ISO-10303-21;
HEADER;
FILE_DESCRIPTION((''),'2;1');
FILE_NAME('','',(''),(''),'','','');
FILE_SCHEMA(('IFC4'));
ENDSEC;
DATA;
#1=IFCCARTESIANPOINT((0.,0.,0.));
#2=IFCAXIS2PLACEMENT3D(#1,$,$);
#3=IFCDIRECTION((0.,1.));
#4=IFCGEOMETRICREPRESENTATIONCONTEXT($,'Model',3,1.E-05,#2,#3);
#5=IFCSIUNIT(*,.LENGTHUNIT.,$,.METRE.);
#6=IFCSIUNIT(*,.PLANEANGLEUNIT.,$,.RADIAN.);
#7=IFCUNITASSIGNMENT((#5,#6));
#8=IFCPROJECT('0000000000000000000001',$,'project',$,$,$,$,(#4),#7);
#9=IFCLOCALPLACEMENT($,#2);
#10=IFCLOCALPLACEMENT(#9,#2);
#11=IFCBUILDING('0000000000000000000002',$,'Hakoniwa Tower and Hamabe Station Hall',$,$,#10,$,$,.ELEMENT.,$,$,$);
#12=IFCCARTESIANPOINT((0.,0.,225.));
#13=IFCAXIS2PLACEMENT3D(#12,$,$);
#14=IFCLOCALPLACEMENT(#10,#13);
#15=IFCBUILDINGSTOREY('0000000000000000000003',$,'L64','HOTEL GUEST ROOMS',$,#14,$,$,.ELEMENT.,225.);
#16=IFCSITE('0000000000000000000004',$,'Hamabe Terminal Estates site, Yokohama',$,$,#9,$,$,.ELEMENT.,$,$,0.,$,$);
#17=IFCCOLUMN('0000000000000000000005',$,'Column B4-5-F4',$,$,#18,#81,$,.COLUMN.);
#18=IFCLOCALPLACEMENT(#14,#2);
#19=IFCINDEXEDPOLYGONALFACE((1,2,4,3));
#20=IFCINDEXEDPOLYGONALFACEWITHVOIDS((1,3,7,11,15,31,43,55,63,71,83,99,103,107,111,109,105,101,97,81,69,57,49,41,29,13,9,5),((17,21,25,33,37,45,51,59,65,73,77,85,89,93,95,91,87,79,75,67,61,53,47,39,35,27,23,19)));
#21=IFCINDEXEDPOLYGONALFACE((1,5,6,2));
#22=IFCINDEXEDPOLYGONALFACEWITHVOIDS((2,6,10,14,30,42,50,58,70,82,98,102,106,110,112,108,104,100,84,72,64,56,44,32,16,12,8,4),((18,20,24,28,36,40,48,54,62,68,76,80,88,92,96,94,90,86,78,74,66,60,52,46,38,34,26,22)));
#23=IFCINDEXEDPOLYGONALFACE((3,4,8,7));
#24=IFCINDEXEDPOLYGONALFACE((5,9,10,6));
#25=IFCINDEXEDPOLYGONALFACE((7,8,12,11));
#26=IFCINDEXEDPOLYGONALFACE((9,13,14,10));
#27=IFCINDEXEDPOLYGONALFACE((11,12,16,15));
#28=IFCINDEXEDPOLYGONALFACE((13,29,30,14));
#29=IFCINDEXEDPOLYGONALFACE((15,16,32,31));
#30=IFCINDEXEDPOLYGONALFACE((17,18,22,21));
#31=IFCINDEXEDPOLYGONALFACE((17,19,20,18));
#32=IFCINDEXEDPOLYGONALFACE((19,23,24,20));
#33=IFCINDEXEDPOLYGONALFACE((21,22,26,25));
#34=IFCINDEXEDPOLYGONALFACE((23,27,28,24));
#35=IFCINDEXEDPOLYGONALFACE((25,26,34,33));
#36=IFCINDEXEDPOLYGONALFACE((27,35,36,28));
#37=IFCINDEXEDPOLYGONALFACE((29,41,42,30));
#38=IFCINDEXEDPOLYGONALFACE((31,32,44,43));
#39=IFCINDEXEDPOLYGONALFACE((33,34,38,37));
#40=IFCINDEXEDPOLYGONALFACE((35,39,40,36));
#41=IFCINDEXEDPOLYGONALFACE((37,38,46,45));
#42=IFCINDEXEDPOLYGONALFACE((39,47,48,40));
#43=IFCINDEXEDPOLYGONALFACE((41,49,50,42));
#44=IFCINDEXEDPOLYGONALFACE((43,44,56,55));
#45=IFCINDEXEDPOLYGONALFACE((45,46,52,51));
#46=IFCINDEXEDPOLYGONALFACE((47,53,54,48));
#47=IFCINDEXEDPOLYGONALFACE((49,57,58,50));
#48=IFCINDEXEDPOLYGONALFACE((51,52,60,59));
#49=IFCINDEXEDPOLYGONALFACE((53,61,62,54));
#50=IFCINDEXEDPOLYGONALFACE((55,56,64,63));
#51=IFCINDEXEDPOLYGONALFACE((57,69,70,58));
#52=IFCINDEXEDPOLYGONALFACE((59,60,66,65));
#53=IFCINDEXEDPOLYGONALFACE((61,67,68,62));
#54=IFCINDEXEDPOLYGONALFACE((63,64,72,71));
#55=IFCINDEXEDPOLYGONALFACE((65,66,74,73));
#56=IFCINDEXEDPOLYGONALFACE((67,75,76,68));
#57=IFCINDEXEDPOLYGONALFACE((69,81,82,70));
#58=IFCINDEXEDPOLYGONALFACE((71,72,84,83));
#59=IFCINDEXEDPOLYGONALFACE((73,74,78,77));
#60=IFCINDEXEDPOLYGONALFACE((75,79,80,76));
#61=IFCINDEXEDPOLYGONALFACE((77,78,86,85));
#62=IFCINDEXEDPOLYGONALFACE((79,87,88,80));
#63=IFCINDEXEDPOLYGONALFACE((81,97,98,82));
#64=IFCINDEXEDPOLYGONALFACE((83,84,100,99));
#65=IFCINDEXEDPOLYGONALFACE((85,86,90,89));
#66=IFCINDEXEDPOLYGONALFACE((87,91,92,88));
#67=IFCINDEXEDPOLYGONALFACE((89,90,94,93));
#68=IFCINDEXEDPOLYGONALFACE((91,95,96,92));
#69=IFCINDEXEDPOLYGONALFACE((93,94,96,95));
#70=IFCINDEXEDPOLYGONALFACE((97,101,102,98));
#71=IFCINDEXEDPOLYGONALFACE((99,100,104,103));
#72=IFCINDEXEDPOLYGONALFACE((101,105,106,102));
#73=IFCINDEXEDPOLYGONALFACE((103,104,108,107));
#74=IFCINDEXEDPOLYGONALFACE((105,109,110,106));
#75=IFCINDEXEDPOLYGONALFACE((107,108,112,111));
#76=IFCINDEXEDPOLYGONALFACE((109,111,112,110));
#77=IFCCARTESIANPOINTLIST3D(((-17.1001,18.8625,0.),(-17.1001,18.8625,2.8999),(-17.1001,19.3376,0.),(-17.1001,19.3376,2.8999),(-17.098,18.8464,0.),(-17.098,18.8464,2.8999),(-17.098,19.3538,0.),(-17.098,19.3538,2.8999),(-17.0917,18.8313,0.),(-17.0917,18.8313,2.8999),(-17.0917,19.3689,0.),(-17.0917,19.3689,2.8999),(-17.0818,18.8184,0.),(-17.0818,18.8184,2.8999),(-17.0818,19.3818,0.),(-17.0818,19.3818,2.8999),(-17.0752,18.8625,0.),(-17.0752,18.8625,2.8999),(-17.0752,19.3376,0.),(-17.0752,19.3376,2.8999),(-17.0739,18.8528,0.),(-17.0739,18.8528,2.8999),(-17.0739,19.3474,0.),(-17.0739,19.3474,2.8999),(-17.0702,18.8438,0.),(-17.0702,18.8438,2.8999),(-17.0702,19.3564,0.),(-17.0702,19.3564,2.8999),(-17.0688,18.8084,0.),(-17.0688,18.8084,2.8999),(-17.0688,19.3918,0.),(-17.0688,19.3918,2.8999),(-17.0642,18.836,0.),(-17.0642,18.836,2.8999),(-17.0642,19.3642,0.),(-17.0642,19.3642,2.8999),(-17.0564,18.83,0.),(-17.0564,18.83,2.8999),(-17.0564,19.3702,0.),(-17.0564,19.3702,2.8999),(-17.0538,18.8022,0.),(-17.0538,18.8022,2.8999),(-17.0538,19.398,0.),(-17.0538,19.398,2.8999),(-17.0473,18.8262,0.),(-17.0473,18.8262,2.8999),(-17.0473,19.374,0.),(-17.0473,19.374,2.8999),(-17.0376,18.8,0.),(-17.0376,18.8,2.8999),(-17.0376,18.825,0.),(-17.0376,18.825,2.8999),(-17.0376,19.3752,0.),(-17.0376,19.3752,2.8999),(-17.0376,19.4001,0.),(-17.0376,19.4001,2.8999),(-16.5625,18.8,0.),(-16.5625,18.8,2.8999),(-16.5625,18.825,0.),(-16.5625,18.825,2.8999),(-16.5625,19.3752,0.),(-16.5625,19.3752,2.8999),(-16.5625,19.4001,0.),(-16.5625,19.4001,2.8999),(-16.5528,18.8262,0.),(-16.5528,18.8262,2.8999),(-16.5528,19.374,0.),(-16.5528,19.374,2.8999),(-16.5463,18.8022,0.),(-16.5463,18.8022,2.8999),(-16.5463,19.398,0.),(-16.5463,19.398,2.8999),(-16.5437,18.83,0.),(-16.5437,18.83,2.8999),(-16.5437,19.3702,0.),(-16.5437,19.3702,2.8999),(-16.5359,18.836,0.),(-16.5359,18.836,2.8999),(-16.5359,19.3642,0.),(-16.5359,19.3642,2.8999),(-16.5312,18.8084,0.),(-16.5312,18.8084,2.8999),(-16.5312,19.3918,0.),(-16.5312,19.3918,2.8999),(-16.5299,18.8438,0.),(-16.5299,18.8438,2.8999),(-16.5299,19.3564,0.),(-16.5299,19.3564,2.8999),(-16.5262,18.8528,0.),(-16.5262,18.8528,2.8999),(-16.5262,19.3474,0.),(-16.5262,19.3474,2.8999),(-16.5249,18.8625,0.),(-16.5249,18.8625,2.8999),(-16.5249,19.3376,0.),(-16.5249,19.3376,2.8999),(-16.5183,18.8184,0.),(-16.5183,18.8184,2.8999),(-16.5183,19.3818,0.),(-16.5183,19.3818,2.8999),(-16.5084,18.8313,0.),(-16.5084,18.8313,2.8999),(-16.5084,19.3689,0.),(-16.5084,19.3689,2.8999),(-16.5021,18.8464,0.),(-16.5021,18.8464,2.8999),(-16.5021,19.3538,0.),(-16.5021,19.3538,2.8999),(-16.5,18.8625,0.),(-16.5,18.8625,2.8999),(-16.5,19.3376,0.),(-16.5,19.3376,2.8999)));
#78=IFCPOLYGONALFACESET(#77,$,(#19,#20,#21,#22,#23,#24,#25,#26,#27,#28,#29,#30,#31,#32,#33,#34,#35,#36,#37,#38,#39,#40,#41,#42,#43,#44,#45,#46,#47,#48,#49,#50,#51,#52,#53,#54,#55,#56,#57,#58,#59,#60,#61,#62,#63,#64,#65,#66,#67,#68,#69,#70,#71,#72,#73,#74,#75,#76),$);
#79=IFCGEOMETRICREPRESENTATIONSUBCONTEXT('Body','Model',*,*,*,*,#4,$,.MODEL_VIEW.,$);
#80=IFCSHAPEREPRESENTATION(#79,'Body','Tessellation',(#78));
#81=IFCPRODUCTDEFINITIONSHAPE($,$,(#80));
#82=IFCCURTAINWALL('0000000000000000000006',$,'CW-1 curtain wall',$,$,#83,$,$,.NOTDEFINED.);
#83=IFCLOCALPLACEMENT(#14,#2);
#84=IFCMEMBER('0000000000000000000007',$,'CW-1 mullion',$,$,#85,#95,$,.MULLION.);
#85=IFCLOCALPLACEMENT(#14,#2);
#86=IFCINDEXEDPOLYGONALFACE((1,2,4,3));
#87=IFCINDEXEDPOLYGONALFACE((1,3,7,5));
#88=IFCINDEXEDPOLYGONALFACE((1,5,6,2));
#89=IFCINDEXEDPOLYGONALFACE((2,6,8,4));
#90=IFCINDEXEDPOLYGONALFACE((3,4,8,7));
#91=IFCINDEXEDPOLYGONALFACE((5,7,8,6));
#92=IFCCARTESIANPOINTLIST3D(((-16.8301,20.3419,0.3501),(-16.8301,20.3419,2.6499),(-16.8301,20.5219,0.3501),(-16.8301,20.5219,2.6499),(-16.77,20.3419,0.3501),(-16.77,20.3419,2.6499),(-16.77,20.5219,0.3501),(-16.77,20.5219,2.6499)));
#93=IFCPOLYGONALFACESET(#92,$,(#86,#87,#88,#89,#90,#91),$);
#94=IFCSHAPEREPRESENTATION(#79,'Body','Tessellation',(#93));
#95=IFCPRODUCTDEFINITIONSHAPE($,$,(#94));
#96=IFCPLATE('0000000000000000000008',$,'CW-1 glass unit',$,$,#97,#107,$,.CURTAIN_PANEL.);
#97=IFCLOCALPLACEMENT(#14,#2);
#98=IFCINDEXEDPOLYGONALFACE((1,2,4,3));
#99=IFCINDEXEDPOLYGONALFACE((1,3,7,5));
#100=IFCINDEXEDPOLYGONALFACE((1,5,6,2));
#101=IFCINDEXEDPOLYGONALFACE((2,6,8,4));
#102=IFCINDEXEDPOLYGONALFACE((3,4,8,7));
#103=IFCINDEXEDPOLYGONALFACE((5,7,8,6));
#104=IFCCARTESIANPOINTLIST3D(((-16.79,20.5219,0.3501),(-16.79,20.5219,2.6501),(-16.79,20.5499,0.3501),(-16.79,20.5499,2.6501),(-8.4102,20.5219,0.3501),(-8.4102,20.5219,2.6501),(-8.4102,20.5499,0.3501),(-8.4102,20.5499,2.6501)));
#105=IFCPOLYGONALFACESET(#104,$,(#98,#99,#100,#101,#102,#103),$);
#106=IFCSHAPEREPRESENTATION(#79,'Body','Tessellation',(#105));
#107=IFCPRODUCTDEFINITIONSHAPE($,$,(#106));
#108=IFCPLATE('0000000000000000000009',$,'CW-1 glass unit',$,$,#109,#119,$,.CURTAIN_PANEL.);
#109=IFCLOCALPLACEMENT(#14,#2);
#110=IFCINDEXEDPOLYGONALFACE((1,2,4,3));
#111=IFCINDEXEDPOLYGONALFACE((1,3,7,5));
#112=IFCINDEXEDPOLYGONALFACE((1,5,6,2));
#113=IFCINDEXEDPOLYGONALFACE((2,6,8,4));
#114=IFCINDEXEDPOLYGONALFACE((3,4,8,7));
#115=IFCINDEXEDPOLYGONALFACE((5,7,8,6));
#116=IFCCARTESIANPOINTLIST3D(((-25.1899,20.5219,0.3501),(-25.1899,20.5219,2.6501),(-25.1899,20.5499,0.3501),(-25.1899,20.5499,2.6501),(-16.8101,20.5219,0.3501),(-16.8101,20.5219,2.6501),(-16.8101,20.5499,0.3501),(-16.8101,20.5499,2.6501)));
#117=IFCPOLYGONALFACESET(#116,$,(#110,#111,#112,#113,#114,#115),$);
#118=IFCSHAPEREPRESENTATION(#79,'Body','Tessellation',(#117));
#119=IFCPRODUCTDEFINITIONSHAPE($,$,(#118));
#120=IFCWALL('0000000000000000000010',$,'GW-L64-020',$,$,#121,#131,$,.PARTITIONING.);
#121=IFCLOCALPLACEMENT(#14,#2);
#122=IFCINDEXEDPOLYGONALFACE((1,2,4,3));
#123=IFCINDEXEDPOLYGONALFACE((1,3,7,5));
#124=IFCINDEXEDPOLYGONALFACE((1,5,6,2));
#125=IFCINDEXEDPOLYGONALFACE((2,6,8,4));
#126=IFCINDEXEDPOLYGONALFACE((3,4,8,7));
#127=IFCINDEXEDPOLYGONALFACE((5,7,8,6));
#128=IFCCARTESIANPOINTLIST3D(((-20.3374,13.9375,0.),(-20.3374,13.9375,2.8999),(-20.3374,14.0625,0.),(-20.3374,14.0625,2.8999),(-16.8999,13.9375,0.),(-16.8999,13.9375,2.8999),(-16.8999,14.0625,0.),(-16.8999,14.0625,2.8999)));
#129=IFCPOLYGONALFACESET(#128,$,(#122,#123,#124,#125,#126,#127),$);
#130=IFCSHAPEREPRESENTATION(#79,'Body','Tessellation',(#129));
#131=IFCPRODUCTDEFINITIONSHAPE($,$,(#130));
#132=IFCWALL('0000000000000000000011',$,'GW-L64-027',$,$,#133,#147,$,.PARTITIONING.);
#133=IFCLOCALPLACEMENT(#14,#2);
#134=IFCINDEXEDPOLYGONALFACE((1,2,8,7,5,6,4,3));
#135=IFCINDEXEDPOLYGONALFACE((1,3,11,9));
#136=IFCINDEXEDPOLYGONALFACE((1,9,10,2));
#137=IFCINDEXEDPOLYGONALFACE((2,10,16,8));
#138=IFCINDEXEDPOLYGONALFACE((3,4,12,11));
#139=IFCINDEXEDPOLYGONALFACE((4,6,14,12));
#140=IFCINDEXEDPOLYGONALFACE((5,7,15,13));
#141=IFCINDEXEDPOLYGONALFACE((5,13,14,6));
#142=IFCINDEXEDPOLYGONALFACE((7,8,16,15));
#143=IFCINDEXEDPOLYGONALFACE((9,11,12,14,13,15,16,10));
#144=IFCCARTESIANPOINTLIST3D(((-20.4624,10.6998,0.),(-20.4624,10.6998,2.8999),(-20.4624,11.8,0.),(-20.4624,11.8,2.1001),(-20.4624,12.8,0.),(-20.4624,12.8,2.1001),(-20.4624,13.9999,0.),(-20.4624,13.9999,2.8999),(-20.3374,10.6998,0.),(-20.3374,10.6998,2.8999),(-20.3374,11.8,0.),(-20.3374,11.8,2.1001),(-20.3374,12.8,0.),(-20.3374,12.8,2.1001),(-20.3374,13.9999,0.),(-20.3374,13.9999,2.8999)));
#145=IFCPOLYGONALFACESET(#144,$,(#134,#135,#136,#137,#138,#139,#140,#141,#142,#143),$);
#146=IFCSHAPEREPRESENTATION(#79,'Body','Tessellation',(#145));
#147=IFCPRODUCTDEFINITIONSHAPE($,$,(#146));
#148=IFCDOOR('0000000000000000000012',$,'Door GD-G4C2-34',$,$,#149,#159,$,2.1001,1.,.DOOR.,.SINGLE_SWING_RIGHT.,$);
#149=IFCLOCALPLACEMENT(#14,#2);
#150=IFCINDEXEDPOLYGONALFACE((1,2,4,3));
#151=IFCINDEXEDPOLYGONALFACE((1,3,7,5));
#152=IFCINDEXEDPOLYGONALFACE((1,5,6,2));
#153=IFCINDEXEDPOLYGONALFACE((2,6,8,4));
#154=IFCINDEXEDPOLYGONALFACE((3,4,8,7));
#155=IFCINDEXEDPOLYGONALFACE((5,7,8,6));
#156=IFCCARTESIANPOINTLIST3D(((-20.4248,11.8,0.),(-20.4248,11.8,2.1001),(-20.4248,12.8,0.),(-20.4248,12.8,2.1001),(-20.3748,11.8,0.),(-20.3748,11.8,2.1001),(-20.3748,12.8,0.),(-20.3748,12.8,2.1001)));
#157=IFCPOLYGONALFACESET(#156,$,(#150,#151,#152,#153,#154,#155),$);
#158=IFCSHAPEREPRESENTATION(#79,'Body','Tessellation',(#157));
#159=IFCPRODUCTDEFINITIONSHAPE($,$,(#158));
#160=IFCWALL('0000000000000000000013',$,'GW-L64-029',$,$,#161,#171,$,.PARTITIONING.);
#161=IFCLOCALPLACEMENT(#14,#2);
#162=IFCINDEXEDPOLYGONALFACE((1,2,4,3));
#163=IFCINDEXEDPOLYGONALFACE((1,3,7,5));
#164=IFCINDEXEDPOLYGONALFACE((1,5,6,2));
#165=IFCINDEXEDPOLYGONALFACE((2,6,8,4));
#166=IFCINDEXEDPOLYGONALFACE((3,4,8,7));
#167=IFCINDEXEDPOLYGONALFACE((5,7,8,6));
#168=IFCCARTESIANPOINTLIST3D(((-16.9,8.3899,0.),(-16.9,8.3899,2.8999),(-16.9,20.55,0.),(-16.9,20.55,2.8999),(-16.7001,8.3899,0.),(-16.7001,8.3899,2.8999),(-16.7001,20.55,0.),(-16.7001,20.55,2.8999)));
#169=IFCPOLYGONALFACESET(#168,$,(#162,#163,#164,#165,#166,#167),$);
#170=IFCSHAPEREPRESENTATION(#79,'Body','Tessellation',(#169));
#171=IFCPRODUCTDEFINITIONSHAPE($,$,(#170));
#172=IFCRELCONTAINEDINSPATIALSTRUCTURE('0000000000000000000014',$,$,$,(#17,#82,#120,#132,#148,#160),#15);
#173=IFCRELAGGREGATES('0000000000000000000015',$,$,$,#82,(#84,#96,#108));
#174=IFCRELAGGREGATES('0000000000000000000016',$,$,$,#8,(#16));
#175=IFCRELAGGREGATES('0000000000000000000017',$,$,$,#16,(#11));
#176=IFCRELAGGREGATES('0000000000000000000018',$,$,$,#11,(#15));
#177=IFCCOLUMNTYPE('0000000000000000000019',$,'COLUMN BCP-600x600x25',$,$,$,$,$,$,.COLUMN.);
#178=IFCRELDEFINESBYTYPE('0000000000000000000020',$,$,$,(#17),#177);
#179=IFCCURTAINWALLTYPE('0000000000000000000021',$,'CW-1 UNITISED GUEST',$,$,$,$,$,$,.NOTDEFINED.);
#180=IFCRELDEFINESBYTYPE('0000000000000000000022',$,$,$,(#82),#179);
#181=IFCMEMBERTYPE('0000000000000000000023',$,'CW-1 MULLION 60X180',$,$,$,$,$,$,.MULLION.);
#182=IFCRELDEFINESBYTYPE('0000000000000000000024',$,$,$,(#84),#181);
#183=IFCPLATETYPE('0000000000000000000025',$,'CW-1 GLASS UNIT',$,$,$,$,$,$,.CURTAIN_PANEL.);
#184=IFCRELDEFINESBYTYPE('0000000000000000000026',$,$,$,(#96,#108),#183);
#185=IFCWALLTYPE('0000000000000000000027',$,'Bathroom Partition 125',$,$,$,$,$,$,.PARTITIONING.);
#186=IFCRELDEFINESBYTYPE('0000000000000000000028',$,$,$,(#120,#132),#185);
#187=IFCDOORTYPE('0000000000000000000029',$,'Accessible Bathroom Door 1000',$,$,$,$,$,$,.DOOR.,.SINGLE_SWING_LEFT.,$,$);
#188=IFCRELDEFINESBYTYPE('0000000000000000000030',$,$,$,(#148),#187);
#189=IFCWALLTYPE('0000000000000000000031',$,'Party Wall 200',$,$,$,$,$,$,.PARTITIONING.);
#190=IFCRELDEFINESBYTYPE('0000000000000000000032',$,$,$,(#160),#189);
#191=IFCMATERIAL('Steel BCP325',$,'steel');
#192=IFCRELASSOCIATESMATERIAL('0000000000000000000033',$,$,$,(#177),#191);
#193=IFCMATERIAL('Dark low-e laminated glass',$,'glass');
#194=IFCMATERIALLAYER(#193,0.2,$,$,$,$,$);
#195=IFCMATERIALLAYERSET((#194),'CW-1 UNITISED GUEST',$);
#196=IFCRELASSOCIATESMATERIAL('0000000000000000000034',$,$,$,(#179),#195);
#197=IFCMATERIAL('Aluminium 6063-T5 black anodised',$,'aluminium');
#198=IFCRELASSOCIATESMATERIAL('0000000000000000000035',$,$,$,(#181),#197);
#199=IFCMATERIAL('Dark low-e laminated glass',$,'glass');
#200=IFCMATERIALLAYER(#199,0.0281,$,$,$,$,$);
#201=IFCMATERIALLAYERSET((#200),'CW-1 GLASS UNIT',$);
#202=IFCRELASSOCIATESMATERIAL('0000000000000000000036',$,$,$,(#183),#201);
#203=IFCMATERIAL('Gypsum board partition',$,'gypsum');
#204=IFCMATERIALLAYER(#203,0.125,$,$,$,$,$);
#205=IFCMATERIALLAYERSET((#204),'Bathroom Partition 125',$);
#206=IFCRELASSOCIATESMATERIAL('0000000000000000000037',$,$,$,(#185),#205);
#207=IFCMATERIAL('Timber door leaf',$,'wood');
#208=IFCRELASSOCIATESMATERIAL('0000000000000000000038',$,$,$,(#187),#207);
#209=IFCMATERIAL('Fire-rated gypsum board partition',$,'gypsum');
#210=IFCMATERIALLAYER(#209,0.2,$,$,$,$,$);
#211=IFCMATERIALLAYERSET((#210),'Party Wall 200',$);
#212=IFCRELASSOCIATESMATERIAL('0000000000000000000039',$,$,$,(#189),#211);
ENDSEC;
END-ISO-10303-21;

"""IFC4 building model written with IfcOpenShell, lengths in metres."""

from ifc_helpers import new_model, si_unit, direction, frame, frame_2d, origin, origin_2d, place, context, subcontext, project, spatial, rectangle, hollow_rectangle, extrude, material, layer, layer_set, material_profile, profile_set, type_object, element, fill, aggregate, save


model = new_model("IFC4")

# Units and contexts
model_context = context("Model", 3, precision=1e-05, world=origin(), true_north=direction((0.0, 1.0)))
body_context = subcontext(model_context, "Body", "Model", "MODEL_VIEW")
ifc_project = project(units=[si_unit("LENGTHUNIT", "METRE"), si_unit("PLANEANGLEUNIT", "RADIAN")], contexts=[model_context])

# Site, building, storey
site_placement = place(None, origin())
site = spatial("IfcSite", under=ifc_project, at=site_placement, Name="Hamabe Terminal Estates site, Yokohama", CompositionType="ELEMENT", RefElevation=0.0)
building_placement = place(site_placement, origin())
building = spatial("IfcBuilding", under=site, at=building_placement, Name="Hakoniwa Tower and Hamabe Station Hall", CompositionType="ELEMENT")
storey_placement = place(building_placement, frame((0.0, 0.0, 225.0)))
storey = spatial("IfcBuildingStorey", under=building, at=storey_placement, Name="L64", Description="HOTEL GUEST ROOMS", CompositionType="ELEMENT", Elevation=225.0)

# Column
ifc_material_1 = material(Name="Steel BCP325", Category="steel")
ifc_material_profile_1 = material_profile(ifc_material_1, hollow_rectangle(XDim=0.6001, YDim=0.6001, WallThickness=0.0249, InnerFilletRadius=0.0376, OuterFilletRadius=0.0625, at=origin_2d()), Name="BCP-600x600x25")
ifc_profile_set_1 = profile_set([ifc_material_profile_1], Name="Steel BCP325")
column_type = type_object("IfcColumnType", Name="COLUMN BCP-600x600x25", PredefinedType="COLUMN", material=ifc_profile_set_1)
column_placement = place(storey_placement, frame((-16.8, 19.1001, 0.0), z_axis=(0.0, 0.0, 1.0), x_axis=(1.0, 0.0, 0.0)))
element("IfcColumn", 1, at=column_placement, inside=storey, type_object=column_type, Name="Column B4-5-F4", PredefinedType="COLUMN", context=body_context, shape_type="SweptSolid", body=[
    extrude(hollow_rectangle(XDim=0.6001, YDim=0.6001, WallThickness=0.0249, InnerFilletRadius=0.0376, OuterFilletRadius=0.0625, at=origin_2d()), origin(), (0.0, 0.0, 1.0), 2.8999),
])

# Curtain wall, member, plates
ifc_material_2 = material(Name="Dark low-e laminated glass", Category="glass")
ifc_layer_1 = layer(ifc_material_2, 0.2)
ifc_layer_set_1 = layer_set([ifc_layer_1], Name="CW-1 UNITISED GUEST")
curtain_wall_type = type_object("IfcCurtainWallType", Name="CW-1 UNITISED GUEST", PredefinedType="NOTDEFINED", material=ifc_layer_set_1)
curtain_wall_placement = place(storey_placement, origin())
curtain_wall = element("IfcCurtainWall", 2, at=curtain_wall_placement, inside=storey, type_object=curtain_wall_type, Name="CW-1 curtain wall", PredefinedType="NOTDEFINED")
ifc_material_3 = material(Name="Aluminium 6063-T5 black anodised", Category="aluminium")
ifc_material_profile_2 = material_profile(ifc_material_3, rectangle(XDim=0.0601, YDim=0.1799, at=origin_2d()), Name="CW-1 MULLION 60X180")
ifc_profile_set_2 = profile_set([ifc_material_profile_2], Name="Aluminium 6063-T5 black anodised")
member_type = type_object("IfcMemberType", Name="CW-1 MULLION 60X180", PredefinedType="MULLION", material=ifc_profile_set_2)
member_placement = place(storey_placement, frame((-16.8, 20.4319, 0.3501), z_axis=(0.0, 0.0, 1.0), x_axis=(-1.0, 0.0, 0.0)))
member = element("IfcMember", 3, at=member_placement, type_object=member_type, Name="CW-1 mullion", PredefinedType="MULLION", context=body_context, shape_type="SweptSolid", body=[
    extrude(rectangle(XDim=0.0601, YDim=0.1799, at=origin_2d()), origin(), (0.0, 0.0, 1.0), 2.2998),
])
ifc_material_4 = material(Name="Dark low-e laminated glass", Category="glass")
ifc_layer_2 = layer(ifc_material_4, 0.0281)
ifc_layer_set_2 = layer_set([ifc_layer_2], Name="CW-1 GLASS UNIT")
plate_type = type_object("IfcPlateType", Name="CW-1 GLASS UNIT", PredefinedType="CURTAIN_PANEL", material=ifc_layer_set_2)
plate_1_placement = place(storey_placement, frame((-12.6001, 20.5359, 0.3501), z_axis=(0.0, 0.0, 1.0), x_axis=(-1.0, 0.0, 0.0)))
plate_1 = element("IfcPlate", 4, at=plate_1_placement, type_object=plate_type, Name="CW-1 glass unit", PredefinedType="CURTAIN_PANEL", context=body_context, shape_type="SweptSolid", body=[
    extrude(rectangle(XDim=8.3799, YDim=0.0281, at=origin_2d()), origin(), (0.0, 0.0, 1.0), 2.3),
])
plate_2_placement = place(storey_placement, frame((-21.0, 20.5359, 0.3501), z_axis=(0.0, 0.0, 1.0), x_axis=(-1.0, 0.0, 0.0)))
plate_2 = element("IfcPlate", 5, at=plate_2_placement, type_object=plate_type, Name="CW-1 glass unit", PredefinedType="CURTAIN_PANEL", context=body_context, shape_type="SweptSolid", body=[
    extrude(rectangle(XDim=8.3799, YDim=0.0281, at=origin_2d()), origin(), (0.0, 0.0, 1.0), 2.3),
])
aggregate(curtain_wall, [member, plate_1, plate_2])

# Wall
ifc_material_5 = material(Name="Gypsum board partition", Category="gypsum")
ifc_layer_3 = layer(ifc_material_5, 0.125)
ifc_layer_set_3 = layer_set([ifc_layer_3], Name="Bathroom Partition 125")
wall_type_1 = type_object("IfcWallType", Name="Bathroom Partition 125", PredefinedType="PARTITIONING", material=ifc_layer_set_3)
wall_1_placement = place(storey_placement, frame((-20.3374, 14.0, 0.0), z_axis=(0.0, 0.0, 1.0), x_axis=(1.0, 0.0, 0.0)))
element("IfcWall", 6, at=wall_1_placement, inside=storey, type_object=wall_type_1, Name="GW-L64-020", PredefinedType="PARTITIONING", context=body_context, shape_type="SweptSolid", body=[
    extrude(rectangle(XDim=3.4375, YDim=0.125, at=frame_2d((1.7188, 0.0))), origin(), (0.0, 0.0, 1.0), 2.8999),
])

# Wall, opening, door
wall_2_placement = place(storey_placement, frame((-20.3999, 10.7, 0.0), z_axis=(0.0, 0.0, 1.0), x_axis=(0.0, 1.0, 0.0)))
wall_2 = element("IfcWall", 7, at=wall_2_placement, inside=storey, type_object=wall_type_1, Name="GW-L64-027", PredefinedType="PARTITIONING", context=body_context, shape_type="SweptSolid", body=[
    extrude(rectangle(XDim=3.3, YDim=0.125, at=frame_2d((1.6499, 0.0))), origin(), (0.0, 0.0, 1.0), 2.8999),
])
opening_placement = place(wall_2_placement, frame((1.1001, 0.0, 0.0)))
opening = element("IfcOpeningElement", 8, at=opening_placement, cuts=wall_2, PredefinedType="OPENING", context=body_context, shape_type="SweptSolid", body=[
    extrude(rectangle(XDim=1.0, YDim=2.1001, at=frame_2d((0.5, 1.05))), frame((0.0, 0.0725, 0.0), z_axis=(0.0, -1.0, 0.0), x_axis=(1.0, 0.0, 0.0)), (0.0, 0.0, 1.0), 0.145),
])
ifc_material_6 = material(Name="Timber door leaf", Category="wood")
door_type = type_object("IfcDoorType", Name="Accessible Bathroom Door 1000", OperationType="SINGLE_SWING_LEFT", PredefinedType="DOOR", material=ifc_material_6)
door_placement = place(opening_placement, origin())
door = element("IfcDoor", 9, at=door_placement, inside=storey, type_object=door_type, Name="Door GD-G4C2-34", OperationType="SINGLE_SWING_RIGHT", OverallHeight=2.1001, OverallWidth=1.0, PredefinedType="DOOR", context=body_context, shape_type="SweptSolid", body=[
    extrude(rectangle(XDim=1.0, YDim=2.1001, at=frame_2d((0.5, 1.05))), frame((0.0, 0.0249, 0.0), z_axis=(0.0, -1.0, 0.0), x_axis=(1.0, 0.0, 0.0)), (0.0, 0.0, 1.0), 0.05),
])
fill(opening, door)

# Wall
ifc_material_7 = material(Name="Fire-rated gypsum board partition", Category="gypsum")
ifc_layer_4 = layer(ifc_material_7, 0.2)
ifc_layer_set_4 = layer_set([ifc_layer_4], Name="Party Wall 200")
wall_type_2 = type_object("IfcWallType", Name="Party Wall 200", PredefinedType="PARTITIONING", material=ifc_layer_set_4)
wall_3_placement = place(storey_placement, frame((-16.8, 8.3899, 0.0), z_axis=(0.0, 0.0, 1.0), x_axis=(0.0, 1.0, 0.0)))
element("IfcWall", 10, at=wall_3_placement, inside=storey, type_object=wall_type_2, Name="GW-L64-029", PredefinedType="PARTITIONING", context=body_context, shape_type="SweptSolid", body=[
    extrude(rectangle(XDim=12.1602, YDim=0.2, at=frame_2d((6.0801, 0.0))), origin(), (0.0, 0.0, 1.0), 2.8999),
])

save(model, "model.ifc")
